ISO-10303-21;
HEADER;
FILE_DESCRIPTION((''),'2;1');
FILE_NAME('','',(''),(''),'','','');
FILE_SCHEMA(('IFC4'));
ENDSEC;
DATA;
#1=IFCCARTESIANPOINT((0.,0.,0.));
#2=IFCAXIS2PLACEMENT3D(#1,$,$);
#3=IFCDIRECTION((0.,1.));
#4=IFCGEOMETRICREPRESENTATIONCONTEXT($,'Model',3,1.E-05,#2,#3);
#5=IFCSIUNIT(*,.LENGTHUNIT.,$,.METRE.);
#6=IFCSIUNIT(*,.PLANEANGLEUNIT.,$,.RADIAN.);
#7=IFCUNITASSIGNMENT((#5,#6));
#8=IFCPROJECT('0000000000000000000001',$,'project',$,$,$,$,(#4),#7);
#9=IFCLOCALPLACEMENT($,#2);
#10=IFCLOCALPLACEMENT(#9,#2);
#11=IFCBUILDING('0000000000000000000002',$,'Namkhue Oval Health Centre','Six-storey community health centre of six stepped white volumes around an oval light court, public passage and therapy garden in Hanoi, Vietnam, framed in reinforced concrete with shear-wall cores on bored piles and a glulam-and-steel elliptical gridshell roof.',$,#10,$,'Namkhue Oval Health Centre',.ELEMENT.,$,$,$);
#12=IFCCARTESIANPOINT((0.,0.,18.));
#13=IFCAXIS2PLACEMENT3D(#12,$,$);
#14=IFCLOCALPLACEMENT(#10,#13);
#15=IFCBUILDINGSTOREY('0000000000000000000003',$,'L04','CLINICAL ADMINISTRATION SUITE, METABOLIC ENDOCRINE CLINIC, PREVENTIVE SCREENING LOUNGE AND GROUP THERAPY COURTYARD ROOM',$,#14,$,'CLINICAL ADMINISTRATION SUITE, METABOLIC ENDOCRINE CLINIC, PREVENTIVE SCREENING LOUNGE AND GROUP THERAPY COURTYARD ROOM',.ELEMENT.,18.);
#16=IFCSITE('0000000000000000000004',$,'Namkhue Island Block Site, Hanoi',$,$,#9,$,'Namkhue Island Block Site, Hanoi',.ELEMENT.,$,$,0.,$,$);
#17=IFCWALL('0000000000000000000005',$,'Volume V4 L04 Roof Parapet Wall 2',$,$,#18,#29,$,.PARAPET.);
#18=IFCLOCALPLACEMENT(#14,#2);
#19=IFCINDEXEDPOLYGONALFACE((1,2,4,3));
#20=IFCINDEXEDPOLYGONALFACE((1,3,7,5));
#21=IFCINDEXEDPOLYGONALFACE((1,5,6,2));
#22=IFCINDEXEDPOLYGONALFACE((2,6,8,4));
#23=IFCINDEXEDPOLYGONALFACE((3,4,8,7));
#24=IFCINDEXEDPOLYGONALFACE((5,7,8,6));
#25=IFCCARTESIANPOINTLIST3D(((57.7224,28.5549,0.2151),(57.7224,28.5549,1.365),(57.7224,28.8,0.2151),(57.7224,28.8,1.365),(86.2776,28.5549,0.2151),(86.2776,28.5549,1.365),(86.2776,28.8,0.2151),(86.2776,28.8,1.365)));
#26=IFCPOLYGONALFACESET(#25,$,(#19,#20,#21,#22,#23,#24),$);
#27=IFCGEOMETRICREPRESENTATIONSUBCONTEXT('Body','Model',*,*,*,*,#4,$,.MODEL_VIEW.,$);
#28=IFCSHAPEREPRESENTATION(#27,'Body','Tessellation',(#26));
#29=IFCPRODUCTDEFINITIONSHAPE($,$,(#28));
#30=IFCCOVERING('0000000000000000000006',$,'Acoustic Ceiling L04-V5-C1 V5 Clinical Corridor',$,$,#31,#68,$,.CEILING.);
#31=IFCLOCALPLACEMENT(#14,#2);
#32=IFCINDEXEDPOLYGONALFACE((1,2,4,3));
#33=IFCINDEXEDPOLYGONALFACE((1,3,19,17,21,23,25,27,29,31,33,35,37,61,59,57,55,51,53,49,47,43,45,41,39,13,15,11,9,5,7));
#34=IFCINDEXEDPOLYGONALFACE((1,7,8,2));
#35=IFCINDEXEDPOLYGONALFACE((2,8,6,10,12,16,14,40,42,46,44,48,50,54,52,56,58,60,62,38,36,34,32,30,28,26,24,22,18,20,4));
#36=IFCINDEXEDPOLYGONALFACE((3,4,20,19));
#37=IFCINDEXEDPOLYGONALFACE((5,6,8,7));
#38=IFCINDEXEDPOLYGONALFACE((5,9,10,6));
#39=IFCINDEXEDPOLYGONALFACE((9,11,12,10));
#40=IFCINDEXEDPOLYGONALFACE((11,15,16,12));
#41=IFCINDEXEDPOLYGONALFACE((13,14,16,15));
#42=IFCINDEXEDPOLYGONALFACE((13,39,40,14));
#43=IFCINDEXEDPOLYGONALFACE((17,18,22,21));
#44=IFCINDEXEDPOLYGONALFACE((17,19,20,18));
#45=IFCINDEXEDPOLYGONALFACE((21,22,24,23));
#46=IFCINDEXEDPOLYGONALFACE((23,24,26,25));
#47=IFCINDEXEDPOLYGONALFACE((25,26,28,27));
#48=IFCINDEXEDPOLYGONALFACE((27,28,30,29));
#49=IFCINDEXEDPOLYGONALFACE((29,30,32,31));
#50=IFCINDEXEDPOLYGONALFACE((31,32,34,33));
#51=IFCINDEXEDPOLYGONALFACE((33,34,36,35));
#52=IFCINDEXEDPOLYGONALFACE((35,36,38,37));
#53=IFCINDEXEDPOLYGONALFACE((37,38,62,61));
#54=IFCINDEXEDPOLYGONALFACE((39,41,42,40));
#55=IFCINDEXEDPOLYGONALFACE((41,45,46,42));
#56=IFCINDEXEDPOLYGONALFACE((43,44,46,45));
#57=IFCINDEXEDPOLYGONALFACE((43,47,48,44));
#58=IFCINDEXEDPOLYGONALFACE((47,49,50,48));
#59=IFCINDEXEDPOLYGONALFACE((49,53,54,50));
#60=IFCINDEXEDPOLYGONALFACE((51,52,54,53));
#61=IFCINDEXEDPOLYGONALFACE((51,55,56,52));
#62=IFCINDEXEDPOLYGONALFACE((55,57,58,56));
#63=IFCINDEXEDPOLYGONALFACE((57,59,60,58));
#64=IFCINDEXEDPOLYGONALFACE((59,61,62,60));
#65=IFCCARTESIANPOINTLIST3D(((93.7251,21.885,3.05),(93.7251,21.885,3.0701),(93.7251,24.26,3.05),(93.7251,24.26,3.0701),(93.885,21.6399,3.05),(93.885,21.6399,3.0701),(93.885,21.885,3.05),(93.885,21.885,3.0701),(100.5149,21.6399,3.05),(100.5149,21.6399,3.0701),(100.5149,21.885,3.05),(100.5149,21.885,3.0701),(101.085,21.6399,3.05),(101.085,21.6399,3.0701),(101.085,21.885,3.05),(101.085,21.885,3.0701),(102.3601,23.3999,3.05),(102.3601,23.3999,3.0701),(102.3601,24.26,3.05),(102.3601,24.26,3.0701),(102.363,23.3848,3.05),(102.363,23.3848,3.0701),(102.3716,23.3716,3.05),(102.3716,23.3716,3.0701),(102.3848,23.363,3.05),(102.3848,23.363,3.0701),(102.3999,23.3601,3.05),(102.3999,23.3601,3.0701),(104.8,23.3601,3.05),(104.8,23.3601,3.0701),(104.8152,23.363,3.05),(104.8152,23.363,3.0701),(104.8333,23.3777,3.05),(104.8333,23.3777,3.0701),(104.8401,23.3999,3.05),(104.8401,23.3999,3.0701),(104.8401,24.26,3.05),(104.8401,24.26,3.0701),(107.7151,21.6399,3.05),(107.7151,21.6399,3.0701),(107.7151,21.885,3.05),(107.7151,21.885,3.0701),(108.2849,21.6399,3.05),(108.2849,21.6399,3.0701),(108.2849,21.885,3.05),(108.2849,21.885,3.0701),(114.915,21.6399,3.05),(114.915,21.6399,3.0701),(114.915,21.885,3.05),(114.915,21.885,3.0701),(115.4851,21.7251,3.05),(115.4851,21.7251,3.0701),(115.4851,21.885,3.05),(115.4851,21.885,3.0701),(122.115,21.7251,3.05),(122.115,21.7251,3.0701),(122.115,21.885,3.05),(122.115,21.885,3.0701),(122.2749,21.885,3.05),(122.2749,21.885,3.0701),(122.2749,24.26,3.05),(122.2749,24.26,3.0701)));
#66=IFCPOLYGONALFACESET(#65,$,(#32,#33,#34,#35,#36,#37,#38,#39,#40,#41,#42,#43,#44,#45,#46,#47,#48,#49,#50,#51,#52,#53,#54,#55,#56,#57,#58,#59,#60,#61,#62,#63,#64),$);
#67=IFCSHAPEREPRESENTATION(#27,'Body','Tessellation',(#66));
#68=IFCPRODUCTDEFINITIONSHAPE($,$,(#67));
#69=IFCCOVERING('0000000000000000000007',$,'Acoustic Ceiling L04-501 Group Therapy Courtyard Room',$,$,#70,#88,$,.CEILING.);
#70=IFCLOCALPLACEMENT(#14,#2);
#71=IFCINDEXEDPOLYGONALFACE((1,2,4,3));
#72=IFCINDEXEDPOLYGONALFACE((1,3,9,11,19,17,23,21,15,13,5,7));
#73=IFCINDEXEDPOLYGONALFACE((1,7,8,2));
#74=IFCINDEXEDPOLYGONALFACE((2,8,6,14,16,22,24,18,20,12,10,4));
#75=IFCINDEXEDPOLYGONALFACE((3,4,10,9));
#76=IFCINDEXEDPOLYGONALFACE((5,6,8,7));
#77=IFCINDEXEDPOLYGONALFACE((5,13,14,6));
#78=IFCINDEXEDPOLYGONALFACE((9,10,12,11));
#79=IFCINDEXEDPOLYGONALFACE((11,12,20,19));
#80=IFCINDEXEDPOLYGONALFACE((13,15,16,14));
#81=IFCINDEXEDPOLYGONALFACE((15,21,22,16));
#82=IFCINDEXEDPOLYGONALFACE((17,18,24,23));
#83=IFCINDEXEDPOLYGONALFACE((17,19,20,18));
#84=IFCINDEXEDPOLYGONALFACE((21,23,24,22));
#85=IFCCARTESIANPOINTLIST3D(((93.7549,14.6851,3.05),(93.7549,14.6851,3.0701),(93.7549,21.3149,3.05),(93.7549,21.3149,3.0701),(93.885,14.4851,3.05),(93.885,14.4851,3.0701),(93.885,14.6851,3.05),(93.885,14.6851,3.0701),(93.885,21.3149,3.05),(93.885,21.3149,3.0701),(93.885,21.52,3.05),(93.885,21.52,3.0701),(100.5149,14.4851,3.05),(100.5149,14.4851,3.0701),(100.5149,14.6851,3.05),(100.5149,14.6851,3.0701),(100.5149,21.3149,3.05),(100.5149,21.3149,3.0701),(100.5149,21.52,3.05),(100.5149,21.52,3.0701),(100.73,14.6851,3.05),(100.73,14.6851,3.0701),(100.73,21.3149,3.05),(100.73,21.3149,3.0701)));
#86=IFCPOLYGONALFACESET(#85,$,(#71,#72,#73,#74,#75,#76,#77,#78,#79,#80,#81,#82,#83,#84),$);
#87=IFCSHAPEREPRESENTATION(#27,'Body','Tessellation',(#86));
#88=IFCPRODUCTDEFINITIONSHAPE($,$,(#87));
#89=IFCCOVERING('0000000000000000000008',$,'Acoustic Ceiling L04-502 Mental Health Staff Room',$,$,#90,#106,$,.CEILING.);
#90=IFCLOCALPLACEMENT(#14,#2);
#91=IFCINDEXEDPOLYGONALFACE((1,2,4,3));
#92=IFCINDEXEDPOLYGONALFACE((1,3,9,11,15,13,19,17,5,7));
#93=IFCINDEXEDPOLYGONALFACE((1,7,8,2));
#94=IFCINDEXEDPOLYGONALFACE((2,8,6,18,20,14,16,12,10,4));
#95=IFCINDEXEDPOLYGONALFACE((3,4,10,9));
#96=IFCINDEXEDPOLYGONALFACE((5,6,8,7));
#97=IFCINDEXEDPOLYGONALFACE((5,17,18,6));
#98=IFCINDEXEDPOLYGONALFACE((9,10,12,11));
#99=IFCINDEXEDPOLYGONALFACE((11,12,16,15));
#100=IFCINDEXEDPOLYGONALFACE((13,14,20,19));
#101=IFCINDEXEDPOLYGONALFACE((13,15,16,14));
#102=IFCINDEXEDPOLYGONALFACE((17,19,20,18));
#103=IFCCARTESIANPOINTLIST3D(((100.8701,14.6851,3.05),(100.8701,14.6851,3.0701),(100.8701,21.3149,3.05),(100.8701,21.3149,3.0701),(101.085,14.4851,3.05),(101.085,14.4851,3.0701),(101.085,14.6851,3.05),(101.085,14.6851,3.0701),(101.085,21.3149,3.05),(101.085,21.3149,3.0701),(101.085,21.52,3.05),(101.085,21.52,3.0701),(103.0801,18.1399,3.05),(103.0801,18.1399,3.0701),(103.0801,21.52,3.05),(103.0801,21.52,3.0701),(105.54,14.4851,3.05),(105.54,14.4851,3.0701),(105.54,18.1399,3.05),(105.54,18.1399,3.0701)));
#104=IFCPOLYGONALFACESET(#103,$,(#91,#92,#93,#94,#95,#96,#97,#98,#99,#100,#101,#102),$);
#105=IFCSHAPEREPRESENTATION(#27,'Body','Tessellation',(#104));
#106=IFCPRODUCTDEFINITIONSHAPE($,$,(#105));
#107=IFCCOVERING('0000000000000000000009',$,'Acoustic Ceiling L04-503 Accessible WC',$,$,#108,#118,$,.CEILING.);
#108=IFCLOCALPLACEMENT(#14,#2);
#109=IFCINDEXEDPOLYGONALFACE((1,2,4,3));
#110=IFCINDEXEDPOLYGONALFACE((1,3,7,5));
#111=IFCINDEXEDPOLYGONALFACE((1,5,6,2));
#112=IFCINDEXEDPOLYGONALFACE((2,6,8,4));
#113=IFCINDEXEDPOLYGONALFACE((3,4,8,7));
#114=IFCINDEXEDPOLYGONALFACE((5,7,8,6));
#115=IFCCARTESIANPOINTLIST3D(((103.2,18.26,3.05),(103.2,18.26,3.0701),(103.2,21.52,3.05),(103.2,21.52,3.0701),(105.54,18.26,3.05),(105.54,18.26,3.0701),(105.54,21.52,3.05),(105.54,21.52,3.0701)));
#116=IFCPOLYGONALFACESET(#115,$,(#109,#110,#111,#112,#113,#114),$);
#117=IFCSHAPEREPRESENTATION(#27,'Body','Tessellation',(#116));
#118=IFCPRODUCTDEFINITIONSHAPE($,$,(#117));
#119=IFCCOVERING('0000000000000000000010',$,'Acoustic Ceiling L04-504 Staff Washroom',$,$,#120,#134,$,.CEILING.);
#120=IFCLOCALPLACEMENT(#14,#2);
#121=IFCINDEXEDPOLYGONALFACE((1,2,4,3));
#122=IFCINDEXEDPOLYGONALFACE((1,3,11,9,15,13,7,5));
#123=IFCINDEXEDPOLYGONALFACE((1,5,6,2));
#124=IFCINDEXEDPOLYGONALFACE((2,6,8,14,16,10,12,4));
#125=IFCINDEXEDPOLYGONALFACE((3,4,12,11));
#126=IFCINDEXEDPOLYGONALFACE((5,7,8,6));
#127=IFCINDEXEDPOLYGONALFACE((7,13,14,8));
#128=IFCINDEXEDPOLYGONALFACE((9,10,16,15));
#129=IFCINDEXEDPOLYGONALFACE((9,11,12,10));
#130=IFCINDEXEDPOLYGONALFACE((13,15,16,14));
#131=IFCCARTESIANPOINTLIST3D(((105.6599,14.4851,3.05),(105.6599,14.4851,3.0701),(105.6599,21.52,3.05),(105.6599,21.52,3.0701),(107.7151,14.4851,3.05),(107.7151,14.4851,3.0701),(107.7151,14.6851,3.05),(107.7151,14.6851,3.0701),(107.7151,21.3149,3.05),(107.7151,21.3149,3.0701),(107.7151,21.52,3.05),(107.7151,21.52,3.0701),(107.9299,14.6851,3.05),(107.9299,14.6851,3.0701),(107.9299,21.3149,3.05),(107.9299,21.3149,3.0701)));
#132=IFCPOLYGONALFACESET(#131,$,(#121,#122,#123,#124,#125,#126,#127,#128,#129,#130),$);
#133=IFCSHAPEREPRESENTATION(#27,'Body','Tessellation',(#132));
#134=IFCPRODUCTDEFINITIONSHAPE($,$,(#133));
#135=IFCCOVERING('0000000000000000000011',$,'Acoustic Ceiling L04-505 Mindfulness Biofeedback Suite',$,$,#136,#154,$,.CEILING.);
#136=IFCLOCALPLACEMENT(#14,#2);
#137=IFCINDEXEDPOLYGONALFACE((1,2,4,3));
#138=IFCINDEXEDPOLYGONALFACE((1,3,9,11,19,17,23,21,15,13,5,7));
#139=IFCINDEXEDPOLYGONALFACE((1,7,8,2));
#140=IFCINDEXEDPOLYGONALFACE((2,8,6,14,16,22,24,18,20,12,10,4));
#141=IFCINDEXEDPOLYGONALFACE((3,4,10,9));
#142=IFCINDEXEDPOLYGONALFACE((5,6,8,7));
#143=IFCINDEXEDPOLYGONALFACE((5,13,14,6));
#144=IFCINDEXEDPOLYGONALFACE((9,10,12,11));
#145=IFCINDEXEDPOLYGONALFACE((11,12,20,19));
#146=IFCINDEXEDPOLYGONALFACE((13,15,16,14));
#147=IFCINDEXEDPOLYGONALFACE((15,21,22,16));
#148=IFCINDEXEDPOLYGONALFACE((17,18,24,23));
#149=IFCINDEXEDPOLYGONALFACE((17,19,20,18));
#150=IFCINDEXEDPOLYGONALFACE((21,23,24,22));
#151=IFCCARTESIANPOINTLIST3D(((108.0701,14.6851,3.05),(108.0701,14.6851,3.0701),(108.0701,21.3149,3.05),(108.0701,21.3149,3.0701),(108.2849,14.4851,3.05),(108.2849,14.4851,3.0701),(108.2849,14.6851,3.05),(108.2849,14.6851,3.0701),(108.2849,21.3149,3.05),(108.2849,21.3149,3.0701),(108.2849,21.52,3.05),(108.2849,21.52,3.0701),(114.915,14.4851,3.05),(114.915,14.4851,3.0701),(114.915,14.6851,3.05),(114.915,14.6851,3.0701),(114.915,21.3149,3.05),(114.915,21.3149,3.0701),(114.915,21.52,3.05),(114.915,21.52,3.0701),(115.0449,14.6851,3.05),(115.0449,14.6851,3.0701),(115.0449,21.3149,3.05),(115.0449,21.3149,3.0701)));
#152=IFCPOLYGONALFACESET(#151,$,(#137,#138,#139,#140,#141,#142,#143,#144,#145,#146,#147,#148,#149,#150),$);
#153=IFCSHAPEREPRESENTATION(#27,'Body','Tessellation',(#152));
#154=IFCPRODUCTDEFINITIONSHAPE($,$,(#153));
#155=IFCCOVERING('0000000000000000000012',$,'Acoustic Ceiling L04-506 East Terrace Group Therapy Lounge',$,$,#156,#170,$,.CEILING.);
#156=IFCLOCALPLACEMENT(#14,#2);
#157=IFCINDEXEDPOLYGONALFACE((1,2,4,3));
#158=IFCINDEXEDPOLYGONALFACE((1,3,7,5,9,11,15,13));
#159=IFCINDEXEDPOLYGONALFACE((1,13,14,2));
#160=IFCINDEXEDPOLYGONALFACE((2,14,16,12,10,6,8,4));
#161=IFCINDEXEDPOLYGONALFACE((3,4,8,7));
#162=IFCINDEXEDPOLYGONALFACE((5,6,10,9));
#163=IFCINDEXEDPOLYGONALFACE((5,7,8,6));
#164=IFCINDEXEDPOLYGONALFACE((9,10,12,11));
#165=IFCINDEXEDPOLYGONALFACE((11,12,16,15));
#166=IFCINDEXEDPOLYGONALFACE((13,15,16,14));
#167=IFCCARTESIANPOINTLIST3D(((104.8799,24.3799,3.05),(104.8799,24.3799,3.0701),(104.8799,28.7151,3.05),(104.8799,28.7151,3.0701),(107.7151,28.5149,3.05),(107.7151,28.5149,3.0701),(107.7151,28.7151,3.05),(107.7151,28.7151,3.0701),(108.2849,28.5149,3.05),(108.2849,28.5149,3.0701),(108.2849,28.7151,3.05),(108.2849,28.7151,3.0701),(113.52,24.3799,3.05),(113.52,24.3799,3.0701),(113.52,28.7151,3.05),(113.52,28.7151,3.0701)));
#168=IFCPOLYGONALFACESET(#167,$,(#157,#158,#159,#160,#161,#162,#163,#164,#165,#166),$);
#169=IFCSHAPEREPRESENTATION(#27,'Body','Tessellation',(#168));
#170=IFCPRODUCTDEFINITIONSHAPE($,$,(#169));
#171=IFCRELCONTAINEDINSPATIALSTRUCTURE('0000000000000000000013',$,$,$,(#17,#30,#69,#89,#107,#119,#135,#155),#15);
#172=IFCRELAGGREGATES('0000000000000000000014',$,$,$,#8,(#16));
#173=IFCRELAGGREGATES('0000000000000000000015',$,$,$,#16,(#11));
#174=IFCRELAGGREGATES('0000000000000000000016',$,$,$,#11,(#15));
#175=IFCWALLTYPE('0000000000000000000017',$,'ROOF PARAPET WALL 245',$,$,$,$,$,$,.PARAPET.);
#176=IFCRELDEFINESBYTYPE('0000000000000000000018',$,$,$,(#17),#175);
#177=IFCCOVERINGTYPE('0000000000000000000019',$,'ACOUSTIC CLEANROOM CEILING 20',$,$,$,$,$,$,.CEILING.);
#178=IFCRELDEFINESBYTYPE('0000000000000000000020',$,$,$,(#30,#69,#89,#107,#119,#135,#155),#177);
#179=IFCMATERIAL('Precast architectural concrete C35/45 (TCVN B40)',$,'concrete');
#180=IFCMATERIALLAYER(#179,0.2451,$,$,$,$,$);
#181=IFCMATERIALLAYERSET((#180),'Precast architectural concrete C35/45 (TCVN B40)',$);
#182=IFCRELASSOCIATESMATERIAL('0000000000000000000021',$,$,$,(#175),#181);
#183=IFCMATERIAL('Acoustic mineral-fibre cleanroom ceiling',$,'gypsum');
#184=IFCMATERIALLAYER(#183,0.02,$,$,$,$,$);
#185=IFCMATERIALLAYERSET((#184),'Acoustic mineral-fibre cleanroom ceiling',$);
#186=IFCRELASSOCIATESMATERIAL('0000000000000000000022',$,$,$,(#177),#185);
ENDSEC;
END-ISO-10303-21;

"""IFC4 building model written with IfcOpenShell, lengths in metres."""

from ifc_helpers import new_model, si_unit, direction, frame, frame_2d, origin, place, context, subcontext, project, spatial, polyline, rectangle, outline, extrude, material, layer, layer_set, type_object, element, save


model = new_model("IFC4")

# Units and contexts
model_context = context("Model", 3, precision=1e-05, world=origin(), true_north=direction((0.0, 1.0)))
body_context = subcontext(model_context, "Body", "Model", "MODEL_VIEW")
ifc_project = project(units=[si_unit("LENGTHUNIT", "METRE"), si_unit("PLANEANGLEUNIT", "RADIAN")], contexts=[model_context])

# Site, building, storey
site_placement = place(None, origin())
site = spatial("IfcSite", under=ifc_project, at=site_placement, Name="Namkhue Island Block Site, Hanoi", LongName="Namkhue Island Block Site, Hanoi", CompositionType="ELEMENT", RefElevation=0.0)
building_placement = place(site_placement, origin())
building = spatial("IfcBuilding", under=site, at=building_placement, Name="Namkhue Oval Health Centre", Description="Six-storey community health centre of six stepped white volumes around an oval light court, public passage and therapy garden in Hanoi, Vietnam, framed in reinforced concrete with shear-wall cores on bored piles and a glulam-and-steel elliptical gridshell roof.", LongName="Namkhue Oval Health Centre", CompositionType="ELEMENT")
storey_placement = place(building_placement, frame((0.0, 0.0, 18.0)))
storey = spatial("IfcBuildingStorey", under=building, at=storey_placement, Name="L04", Description="CLINICAL ADMINISTRATION SUITE, METABOLIC ENDOCRINE CLINIC, PREVENTIVE SCREENING LOUNGE AND GROUP THERAPY COURTYARD ROOM", LongName="CLINICAL ADMINISTRATION SUITE, METABOLIC ENDOCRINE CLINIC, PREVENTIVE SCREENING LOUNGE AND GROUP THERAPY COURTYARD ROOM", CompositionType="ELEMENT", Elevation=18.0)

# Wall
ifc_material_1 = material(Name="Precast architectural concrete C35/45 (TCVN B40)", Category="concrete")
ifc_layer_1 = layer(ifc_material_1, 0.2451)
ifc_layer_set_1 = layer_set([ifc_layer_1], Name="Precast architectural concrete C35/45 (TCVN B40)")
wall_type = type_object("IfcWallType", Name="ROOF PARAPET WALL 245", PredefinedType="PARAPET", material=ifc_layer_set_1)
wall_1_placement = place(storey_placement, frame((57.7224, 28.6775, 0.2151), z_axis=(0.0, 0.0, 1.0), x_axis=(1.0, 0.0, 0.0)))
element("IfcWall", 1, at=wall_1_placement, inside=storey, type_object=wall_type, Name="Volume V4 L04 Roof Parapet Wall 2", PredefinedType="PARAPET", context=body_context, shape_type="SweptSolid", body=[
    extrude(rectangle(XDim=28.5552, YDim=0.2451, at=frame_2d((14.2776, 0.0))), origin(), (0.0, 0.0, 1.0), 1.1499),
])

# Coverings
ifc_material_2 = material(Name="Acoustic mineral-fibre cleanroom ceiling", Category="gypsum")
ifc_layer_2 = layer(ifc_material_2, 0.02)
ifc_layer_set_2 = layer_set([ifc_layer_2], Name="Acoustic mineral-fibre cleanroom ceiling")
covering_type_1 = type_object("IfcCoveringType", Name="ACOUSTIC CLEANROOM CEILING 20", PredefinedType="CEILING", material=ifc_layer_set_2)
covering_1_placement = place(storey_placement, frame((0.0, 0.0, 3.05)))
element("IfcCovering", 2, at=covering_1_placement, inside=storey, type_object=covering_type_1, Name="Acoustic Ceiling L04-V5-C1 V5 Clinical Corridor", PredefinedType="CEILING", context=body_context, shape_type="SweptSolid", body=[
    extrude(outline(polyline([(108.2849, 21.6399), (108.2849, 21.885), (107.7151, 21.885), (107.7151, 21.6399), (101.085, 21.6399), (101.085, 21.885), (100.5149, 21.885), (100.5149, 21.6399), (93.885, 21.6399), (93.885, 21.885), (93.7251, 21.885), (93.7251, 24.26), (102.3601, 24.26), (102.3601, 23.3999), (102.363, 23.3848), (102.3716, 23.3716), (102.3848, 23.363), (102.3999, 23.3601), (104.8, 23.3601), (104.8152, 23.363), (104.8333, 23.3777), (104.8401, 23.3999), (104.8401, 24.26), (122.2749, 24.26), (122.2749, 21.885), (122.115, 21.885), (122.115, 21.7251), (115.4851, 21.7251), (115.4851, 21.885), (114.915, 21.885), (114.915, 21.6399), (108.2849, 21.6399)])), origin(), (0.0, 0.0, 1.0), 0.02),
])
covering_2_placement = place(storey_placement, frame((0.0, 0.0, 3.05)))
element("IfcCovering", 3, at=covering_2_placement, inside=storey, type_object=covering_type_1, Name="Acoustic Ceiling L04-501 Group Therapy Courtyard Room", PredefinedType="CEILING", context=body_context, shape_type="SweptSolid", body=[
    extrude(outline(polyline([(93.885, 14.4851), (93.885, 14.6851), (93.7549, 14.6851), (93.7549, 21.3149), (93.885, 21.3149), (93.885, 21.52), (100.5149, 21.52), (100.5149, 21.3149), (100.73, 21.3149), (100.73, 14.6851), (100.5149, 14.6851), (100.5149, 14.4851), (93.885, 14.4851)])), origin(), (0.0, 0.0, 1.0), 0.02),
])
covering_3_placement = place(storey_placement, frame((0.0, 0.0, 3.05)))
element("IfcCovering", 4, at=covering_3_placement, inside=storey, type_object=covering_type_1, Name="Acoustic Ceiling L04-502 Mental Health Staff Room", PredefinedType="CEILING", context=body_context, shape_type="SweptSolid", body=[
    extrude(outline(polyline([(103.0801, 21.52), (103.0801, 18.1399), (105.54, 18.1399), (105.54, 14.4851), (101.085, 14.4851), (101.085, 14.6851), (100.8701, 14.6851), (100.8701, 21.3149), (101.085, 21.3149), (101.085, 21.52), (103.0801, 21.52)])), origin(), (0.0, 0.0, 1.0), 0.02),
])
covering_4_placement = place(storey_placement, frame((0.0, 0.0, 3.05)))
element("IfcCovering", 5, at=covering_4_placement, inside=storey, type_object=covering_type_1, Name="Acoustic Ceiling L04-503 Accessible WC", PredefinedType="CEILING", context=body_context, shape_type="SweptSolid", body=[
    extrude(outline(polyline([(103.2, 18.26), (103.2, 21.52), (105.54, 21.52), (105.54, 18.26), (103.2, 18.26)])), origin(), (0.0, 0.0, 1.0), 0.02),
])
covering_5_placement = place(storey_placement, frame((0.0, 0.0, 3.05)))
element("IfcCovering", 6, at=covering_5_placement, inside=storey, type_object=covering_type_1, Name="Acoustic Ceiling L04-504 Staff Washroom", PredefinedType="CEILING", context=body_context, shape_type="SweptSolid", body=[
    extrude(outline(polyline([(105.6599, 14.4851), (105.6599, 21.52), (107.7151, 21.52), (107.7151, 21.3149), (107.9299, 21.3149), (107.9299, 14.6851), (107.7151, 14.6851), (107.7151, 14.4851), (105.6599, 14.4851)])), origin(), (0.0, 0.0, 1.0), 0.02),
])
covering_6_placement = place(storey_placement, frame((0.0, 0.0, 3.05)))
element("IfcCovering", 7, at=covering_6_placement, inside=storey, type_object=covering_type_1, Name="Acoustic Ceiling L04-505 Mindfulness Biofeedback Suite", PredefinedType="CEILING", context=body_context, shape_type="SweptSolid", body=[
    extrude(outline(polyline([(108.2849, 14.4851), (108.2849, 14.6851), (108.0701, 14.6851), (108.0701, 21.3149), (108.2849, 21.3149), (108.2849, 21.52), (114.915, 21.52), (114.915, 21.3149), (115.0449, 21.3149), (115.0449, 14.6851), (114.915, 14.6851), (114.915, 14.4851), (108.2849, 14.4851)])), origin(), (0.0, 0.0, 1.0), 0.02),
])
covering_7_placement = place(storey_placement, frame((0.0, 0.0, 3.05)))
element("IfcCovering", 8, at=covering_7_placement, inside=storey, type_object=covering_type_1, Name="Acoustic Ceiling L04-506 East Terrace Group Therapy Lounge", PredefinedType="CEILING", context=body_context, shape_type="SweptSolid", body=[
    extrude(outline(polyline([(104.8799, 24.3799), (104.8799, 28.7151), (107.7151, 28.7151), (107.7151, 28.5149), (108.2849, 28.5149), (108.2849, 28.7151), (113.52, 28.7151), (113.52, 24.3799), (104.8799, 24.3799)])), origin(), (0.0, 0.0, 1.0), 0.02),
])

save(model, "model.ifc")
